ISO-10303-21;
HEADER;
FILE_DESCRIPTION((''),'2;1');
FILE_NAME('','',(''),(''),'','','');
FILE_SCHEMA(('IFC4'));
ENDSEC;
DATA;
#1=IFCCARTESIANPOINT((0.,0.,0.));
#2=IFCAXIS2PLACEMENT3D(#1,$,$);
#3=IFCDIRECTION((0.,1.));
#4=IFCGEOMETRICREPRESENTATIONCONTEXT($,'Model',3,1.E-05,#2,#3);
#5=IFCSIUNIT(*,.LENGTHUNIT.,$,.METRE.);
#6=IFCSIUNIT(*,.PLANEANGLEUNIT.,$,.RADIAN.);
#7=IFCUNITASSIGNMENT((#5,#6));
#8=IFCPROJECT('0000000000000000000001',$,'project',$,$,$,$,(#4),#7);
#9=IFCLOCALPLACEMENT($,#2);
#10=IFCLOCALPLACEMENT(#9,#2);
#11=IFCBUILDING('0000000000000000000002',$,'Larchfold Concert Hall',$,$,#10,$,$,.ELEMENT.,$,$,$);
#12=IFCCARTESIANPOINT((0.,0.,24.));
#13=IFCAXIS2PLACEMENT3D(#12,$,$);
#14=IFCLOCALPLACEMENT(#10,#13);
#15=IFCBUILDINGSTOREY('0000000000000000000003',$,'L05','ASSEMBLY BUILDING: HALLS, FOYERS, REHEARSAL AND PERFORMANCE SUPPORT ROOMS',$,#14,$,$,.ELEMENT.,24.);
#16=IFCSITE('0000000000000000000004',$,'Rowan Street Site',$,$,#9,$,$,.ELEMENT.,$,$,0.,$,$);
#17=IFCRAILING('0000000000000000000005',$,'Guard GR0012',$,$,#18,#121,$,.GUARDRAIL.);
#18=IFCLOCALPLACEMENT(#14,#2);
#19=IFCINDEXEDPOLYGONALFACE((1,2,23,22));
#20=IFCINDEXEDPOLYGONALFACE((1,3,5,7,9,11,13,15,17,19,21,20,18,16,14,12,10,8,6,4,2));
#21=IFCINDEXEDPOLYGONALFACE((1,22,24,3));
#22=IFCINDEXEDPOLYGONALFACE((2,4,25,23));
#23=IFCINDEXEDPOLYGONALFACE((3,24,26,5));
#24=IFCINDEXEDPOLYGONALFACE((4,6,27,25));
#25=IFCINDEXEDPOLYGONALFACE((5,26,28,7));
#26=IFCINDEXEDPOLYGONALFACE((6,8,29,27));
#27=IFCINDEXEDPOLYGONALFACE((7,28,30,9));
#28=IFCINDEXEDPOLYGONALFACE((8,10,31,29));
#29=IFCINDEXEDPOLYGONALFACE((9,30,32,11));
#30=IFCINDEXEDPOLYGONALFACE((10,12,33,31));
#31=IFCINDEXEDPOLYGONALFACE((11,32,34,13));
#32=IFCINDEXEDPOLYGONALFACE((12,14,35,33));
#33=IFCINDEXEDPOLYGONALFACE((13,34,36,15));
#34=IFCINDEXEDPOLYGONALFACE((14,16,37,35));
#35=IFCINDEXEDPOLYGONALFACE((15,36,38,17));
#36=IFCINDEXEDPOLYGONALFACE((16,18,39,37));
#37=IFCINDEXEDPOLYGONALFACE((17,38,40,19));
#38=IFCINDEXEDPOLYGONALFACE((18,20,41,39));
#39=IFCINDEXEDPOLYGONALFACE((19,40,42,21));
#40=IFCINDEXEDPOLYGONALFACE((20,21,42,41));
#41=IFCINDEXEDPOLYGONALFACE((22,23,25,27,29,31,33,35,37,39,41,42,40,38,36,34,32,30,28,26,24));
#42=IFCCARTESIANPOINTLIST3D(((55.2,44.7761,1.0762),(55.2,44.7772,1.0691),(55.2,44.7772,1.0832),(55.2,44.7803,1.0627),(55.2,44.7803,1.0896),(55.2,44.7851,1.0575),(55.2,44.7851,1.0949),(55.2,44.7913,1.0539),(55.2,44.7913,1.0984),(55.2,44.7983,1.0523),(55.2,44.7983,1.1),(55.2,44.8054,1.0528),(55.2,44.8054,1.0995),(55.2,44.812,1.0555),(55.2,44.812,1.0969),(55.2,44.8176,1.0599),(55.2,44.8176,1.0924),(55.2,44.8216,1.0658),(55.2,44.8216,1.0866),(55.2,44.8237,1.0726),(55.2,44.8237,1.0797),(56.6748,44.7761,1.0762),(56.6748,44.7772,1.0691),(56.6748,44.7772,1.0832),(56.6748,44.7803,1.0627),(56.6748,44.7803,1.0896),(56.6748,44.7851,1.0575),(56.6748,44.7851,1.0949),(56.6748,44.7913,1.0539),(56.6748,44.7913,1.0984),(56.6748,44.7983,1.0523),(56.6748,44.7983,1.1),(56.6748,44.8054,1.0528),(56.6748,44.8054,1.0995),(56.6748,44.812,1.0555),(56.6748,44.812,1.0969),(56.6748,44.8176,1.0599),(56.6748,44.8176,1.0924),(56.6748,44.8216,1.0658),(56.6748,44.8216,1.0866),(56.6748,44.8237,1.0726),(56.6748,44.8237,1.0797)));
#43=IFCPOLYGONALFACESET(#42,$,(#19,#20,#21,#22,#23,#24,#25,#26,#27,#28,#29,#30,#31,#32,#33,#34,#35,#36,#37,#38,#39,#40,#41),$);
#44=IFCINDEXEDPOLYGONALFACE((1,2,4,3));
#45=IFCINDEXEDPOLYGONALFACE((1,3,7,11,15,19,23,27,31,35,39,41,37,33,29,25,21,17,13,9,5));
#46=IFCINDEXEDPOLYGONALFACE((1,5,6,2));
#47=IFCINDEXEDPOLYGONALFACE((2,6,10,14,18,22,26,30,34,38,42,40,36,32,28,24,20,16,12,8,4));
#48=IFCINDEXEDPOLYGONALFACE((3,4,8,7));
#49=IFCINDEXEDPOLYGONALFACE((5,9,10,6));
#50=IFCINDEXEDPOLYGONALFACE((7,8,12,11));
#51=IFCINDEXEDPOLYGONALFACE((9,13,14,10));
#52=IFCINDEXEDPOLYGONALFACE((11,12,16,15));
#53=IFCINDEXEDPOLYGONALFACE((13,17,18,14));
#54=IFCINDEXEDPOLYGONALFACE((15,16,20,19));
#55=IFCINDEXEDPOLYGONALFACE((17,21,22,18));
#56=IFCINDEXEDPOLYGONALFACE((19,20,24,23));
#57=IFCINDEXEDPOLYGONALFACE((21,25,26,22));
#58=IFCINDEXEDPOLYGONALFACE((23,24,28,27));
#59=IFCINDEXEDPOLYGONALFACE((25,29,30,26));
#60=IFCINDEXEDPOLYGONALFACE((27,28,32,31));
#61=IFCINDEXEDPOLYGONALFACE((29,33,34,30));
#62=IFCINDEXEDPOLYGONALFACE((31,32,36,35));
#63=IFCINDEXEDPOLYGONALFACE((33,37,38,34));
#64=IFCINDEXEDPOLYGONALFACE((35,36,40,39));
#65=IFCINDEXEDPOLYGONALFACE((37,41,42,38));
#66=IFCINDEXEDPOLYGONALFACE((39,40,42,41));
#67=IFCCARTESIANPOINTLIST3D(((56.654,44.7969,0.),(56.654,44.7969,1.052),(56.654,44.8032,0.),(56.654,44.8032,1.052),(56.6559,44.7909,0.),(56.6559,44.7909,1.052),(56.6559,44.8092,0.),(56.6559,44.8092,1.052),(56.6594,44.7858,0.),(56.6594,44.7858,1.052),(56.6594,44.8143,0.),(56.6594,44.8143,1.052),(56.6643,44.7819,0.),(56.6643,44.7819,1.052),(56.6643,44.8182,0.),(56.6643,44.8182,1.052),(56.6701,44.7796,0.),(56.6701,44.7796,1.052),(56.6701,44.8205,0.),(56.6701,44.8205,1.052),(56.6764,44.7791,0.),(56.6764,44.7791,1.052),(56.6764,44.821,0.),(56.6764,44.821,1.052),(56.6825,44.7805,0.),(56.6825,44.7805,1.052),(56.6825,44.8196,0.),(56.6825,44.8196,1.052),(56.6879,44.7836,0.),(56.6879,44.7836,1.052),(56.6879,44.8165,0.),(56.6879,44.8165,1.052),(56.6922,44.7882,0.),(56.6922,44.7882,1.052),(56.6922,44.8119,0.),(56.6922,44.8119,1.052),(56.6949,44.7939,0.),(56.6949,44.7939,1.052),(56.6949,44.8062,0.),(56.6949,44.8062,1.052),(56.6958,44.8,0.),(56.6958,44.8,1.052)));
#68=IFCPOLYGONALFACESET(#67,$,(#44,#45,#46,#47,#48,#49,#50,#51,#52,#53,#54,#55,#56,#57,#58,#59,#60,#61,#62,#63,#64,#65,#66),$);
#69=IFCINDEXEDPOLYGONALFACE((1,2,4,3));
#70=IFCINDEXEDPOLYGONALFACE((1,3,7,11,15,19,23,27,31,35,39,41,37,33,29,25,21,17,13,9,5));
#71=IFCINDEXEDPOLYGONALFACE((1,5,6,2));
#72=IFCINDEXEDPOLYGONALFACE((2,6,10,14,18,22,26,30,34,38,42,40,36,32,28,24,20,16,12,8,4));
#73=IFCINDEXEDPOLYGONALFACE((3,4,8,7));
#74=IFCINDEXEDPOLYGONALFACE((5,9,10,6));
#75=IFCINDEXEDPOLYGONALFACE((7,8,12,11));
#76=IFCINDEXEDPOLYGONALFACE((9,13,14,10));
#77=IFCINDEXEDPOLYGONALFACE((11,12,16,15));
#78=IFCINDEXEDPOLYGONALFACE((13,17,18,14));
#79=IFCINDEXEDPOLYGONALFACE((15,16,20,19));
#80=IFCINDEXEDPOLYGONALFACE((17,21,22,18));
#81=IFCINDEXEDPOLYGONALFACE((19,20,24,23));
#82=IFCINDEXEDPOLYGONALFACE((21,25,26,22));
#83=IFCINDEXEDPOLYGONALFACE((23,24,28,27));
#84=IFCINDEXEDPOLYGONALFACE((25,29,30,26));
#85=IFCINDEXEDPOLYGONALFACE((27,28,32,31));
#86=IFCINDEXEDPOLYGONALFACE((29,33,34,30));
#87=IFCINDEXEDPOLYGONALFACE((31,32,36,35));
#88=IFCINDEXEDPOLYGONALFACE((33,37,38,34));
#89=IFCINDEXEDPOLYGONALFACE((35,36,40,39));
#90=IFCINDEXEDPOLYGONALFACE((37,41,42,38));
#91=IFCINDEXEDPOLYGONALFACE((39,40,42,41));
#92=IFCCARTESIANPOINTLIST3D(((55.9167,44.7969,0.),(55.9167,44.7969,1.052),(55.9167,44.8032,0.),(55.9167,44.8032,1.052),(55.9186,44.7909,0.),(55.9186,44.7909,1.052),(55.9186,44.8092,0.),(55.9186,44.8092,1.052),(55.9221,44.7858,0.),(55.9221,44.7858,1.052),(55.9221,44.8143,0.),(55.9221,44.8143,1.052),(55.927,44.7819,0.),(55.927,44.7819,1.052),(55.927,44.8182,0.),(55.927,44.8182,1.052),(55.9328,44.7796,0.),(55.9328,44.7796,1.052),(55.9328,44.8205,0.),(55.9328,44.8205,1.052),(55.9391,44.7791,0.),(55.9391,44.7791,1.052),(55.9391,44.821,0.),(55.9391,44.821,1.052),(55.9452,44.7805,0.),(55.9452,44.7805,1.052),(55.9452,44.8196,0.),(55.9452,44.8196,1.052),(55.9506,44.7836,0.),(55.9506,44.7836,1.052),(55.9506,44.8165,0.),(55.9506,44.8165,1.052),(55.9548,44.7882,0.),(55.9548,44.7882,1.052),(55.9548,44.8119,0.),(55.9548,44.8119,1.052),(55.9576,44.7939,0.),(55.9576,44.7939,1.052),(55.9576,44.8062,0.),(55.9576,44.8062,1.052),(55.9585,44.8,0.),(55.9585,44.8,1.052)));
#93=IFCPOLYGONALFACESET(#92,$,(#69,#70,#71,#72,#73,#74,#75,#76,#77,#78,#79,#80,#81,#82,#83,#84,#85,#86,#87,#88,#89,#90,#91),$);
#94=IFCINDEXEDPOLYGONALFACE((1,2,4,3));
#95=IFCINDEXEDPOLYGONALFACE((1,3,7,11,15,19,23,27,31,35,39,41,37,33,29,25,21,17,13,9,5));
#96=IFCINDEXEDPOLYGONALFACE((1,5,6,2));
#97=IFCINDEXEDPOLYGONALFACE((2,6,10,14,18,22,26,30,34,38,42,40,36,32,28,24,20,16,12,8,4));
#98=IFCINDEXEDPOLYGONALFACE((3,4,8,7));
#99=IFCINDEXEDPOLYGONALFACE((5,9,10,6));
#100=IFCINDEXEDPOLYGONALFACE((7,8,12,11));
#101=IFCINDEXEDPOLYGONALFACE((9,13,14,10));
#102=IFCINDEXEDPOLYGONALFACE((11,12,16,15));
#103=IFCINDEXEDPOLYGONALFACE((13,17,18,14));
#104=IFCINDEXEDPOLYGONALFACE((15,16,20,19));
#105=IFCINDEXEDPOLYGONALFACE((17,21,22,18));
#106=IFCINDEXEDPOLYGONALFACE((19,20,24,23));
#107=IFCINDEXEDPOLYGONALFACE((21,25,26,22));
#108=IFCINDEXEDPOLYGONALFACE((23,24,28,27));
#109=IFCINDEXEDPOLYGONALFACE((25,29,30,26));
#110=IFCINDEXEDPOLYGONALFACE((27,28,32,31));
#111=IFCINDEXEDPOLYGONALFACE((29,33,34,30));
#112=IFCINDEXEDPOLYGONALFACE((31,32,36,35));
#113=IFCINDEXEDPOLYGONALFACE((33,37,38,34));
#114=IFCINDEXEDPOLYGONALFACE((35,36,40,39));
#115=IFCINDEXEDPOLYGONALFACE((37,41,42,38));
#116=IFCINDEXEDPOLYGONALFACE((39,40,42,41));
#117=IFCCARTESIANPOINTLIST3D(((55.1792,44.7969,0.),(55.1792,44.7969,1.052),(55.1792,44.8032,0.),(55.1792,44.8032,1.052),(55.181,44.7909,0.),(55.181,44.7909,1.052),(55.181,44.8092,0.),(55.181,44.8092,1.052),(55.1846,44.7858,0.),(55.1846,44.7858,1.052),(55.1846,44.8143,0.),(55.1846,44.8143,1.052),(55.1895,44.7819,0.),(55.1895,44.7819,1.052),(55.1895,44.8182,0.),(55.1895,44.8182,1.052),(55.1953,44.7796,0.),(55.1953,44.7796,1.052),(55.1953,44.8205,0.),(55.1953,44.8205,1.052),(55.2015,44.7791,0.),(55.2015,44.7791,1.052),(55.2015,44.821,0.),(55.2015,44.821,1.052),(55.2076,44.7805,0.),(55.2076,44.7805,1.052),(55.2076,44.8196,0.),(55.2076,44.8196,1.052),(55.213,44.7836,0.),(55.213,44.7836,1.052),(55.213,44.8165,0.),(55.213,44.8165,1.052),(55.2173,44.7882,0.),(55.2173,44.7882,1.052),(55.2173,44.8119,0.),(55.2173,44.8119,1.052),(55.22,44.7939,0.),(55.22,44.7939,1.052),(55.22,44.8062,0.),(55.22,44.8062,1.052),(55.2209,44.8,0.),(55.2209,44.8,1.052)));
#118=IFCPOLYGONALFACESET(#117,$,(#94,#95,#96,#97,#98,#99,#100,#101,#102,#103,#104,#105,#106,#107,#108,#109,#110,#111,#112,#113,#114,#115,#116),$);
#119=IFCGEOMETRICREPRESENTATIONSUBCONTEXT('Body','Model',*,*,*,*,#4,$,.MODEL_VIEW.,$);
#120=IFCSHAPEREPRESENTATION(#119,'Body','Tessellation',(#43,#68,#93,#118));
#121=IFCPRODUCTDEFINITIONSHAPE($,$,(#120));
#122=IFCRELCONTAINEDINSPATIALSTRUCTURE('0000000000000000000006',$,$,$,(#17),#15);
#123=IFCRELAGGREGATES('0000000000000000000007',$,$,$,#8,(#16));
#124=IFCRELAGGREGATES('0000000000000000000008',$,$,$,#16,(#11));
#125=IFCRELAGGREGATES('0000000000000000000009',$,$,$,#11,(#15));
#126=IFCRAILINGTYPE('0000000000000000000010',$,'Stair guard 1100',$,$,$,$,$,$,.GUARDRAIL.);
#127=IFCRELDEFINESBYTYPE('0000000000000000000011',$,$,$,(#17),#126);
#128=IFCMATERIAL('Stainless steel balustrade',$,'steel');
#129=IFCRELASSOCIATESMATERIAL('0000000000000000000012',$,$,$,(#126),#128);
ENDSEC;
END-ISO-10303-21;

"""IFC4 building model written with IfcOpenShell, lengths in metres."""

from ifc_helpers import new_model, si_unit, direction, frame, origin, origin_2d, place, context, subcontext, project, spatial, circle, extrude, material, type_object, element, save


model = new_model("IFC4")

# Units and contexts
model_context = context("Model", 3, precision=1e-05, world=origin(), true_north=direction((0.0, 1.0)))
body_context = subcontext(model_context, "Body", "Model", "MODEL_VIEW")
ifc_project = project(units=[si_unit("LENGTHUNIT", "METRE"), si_unit("PLANEANGLEUNIT", "RADIAN")], contexts=[model_context])

# Site, building, storey
site_placement = place(None, origin())
site = spatial("IfcSite", under=ifc_project, at=site_placement, Name="Rowan Street Site", CompositionType="ELEMENT", RefElevation=0.0)
building_placement = place(site_placement, origin())
building = spatial("IfcBuilding", under=site, at=building_placement, Name="Larchfold Concert Hall", CompositionType="ELEMENT")
storey_placement = place(building_placement, frame((0.0, 0.0, 24.0)))
storey = spatial("IfcBuildingStorey", under=building, at=storey_placement, Name="L05", Description="ASSEMBLY BUILDING: HALLS, FOYERS, REHEARSAL AND PERFORMANCE SUPPORT ROOMS", CompositionType="ELEMENT", Elevation=24.0)

# Railing
ifc_material_1 = material(Name="Stainless steel balustrade", Category="steel")
railing_type_1 = type_object("IfcRailingType", Name="Stair guard 1100", PredefinedType="GUARDRAIL", material=ifc_material_1)
railing_1_placement = place(storey_placement, frame((56.6748, 44.8, 0.0)))
element("IfcRailing", 1, at=railing_1_placement, inside=storey, type_object=railing_type_1, Name="Guard GR0012", PredefinedType="GUARDRAIL", context=body_context, shape_type="SweptSolid", body=[
    extrude(circle(Radius=0.0239, at=origin_2d()), frame((0.0, 0.0, 1.0762), z_axis=(-1.0, 0.0, 0.0), x_axis=(0.0, -1.0, 0.0)), (0.0, 0.0, 1.0), 1.4749),
    extrude(circle(Radius=0.021, at=origin_2d()), origin(), (0.0, 0.0, 1.0), 1.052),
    extrude(circle(Radius=0.021, at=origin_2d()), frame((-0.7373, 0.0, 0.0)), (0.0, 0.0, 1.0), 1.052),
    extrude(circle(Radius=0.021, at=origin_2d()), frame((-1.4749, 0.0, 0.0)), (0.0, 0.0, 1.0), 1.052),
])

save(model, "model.ifc")
